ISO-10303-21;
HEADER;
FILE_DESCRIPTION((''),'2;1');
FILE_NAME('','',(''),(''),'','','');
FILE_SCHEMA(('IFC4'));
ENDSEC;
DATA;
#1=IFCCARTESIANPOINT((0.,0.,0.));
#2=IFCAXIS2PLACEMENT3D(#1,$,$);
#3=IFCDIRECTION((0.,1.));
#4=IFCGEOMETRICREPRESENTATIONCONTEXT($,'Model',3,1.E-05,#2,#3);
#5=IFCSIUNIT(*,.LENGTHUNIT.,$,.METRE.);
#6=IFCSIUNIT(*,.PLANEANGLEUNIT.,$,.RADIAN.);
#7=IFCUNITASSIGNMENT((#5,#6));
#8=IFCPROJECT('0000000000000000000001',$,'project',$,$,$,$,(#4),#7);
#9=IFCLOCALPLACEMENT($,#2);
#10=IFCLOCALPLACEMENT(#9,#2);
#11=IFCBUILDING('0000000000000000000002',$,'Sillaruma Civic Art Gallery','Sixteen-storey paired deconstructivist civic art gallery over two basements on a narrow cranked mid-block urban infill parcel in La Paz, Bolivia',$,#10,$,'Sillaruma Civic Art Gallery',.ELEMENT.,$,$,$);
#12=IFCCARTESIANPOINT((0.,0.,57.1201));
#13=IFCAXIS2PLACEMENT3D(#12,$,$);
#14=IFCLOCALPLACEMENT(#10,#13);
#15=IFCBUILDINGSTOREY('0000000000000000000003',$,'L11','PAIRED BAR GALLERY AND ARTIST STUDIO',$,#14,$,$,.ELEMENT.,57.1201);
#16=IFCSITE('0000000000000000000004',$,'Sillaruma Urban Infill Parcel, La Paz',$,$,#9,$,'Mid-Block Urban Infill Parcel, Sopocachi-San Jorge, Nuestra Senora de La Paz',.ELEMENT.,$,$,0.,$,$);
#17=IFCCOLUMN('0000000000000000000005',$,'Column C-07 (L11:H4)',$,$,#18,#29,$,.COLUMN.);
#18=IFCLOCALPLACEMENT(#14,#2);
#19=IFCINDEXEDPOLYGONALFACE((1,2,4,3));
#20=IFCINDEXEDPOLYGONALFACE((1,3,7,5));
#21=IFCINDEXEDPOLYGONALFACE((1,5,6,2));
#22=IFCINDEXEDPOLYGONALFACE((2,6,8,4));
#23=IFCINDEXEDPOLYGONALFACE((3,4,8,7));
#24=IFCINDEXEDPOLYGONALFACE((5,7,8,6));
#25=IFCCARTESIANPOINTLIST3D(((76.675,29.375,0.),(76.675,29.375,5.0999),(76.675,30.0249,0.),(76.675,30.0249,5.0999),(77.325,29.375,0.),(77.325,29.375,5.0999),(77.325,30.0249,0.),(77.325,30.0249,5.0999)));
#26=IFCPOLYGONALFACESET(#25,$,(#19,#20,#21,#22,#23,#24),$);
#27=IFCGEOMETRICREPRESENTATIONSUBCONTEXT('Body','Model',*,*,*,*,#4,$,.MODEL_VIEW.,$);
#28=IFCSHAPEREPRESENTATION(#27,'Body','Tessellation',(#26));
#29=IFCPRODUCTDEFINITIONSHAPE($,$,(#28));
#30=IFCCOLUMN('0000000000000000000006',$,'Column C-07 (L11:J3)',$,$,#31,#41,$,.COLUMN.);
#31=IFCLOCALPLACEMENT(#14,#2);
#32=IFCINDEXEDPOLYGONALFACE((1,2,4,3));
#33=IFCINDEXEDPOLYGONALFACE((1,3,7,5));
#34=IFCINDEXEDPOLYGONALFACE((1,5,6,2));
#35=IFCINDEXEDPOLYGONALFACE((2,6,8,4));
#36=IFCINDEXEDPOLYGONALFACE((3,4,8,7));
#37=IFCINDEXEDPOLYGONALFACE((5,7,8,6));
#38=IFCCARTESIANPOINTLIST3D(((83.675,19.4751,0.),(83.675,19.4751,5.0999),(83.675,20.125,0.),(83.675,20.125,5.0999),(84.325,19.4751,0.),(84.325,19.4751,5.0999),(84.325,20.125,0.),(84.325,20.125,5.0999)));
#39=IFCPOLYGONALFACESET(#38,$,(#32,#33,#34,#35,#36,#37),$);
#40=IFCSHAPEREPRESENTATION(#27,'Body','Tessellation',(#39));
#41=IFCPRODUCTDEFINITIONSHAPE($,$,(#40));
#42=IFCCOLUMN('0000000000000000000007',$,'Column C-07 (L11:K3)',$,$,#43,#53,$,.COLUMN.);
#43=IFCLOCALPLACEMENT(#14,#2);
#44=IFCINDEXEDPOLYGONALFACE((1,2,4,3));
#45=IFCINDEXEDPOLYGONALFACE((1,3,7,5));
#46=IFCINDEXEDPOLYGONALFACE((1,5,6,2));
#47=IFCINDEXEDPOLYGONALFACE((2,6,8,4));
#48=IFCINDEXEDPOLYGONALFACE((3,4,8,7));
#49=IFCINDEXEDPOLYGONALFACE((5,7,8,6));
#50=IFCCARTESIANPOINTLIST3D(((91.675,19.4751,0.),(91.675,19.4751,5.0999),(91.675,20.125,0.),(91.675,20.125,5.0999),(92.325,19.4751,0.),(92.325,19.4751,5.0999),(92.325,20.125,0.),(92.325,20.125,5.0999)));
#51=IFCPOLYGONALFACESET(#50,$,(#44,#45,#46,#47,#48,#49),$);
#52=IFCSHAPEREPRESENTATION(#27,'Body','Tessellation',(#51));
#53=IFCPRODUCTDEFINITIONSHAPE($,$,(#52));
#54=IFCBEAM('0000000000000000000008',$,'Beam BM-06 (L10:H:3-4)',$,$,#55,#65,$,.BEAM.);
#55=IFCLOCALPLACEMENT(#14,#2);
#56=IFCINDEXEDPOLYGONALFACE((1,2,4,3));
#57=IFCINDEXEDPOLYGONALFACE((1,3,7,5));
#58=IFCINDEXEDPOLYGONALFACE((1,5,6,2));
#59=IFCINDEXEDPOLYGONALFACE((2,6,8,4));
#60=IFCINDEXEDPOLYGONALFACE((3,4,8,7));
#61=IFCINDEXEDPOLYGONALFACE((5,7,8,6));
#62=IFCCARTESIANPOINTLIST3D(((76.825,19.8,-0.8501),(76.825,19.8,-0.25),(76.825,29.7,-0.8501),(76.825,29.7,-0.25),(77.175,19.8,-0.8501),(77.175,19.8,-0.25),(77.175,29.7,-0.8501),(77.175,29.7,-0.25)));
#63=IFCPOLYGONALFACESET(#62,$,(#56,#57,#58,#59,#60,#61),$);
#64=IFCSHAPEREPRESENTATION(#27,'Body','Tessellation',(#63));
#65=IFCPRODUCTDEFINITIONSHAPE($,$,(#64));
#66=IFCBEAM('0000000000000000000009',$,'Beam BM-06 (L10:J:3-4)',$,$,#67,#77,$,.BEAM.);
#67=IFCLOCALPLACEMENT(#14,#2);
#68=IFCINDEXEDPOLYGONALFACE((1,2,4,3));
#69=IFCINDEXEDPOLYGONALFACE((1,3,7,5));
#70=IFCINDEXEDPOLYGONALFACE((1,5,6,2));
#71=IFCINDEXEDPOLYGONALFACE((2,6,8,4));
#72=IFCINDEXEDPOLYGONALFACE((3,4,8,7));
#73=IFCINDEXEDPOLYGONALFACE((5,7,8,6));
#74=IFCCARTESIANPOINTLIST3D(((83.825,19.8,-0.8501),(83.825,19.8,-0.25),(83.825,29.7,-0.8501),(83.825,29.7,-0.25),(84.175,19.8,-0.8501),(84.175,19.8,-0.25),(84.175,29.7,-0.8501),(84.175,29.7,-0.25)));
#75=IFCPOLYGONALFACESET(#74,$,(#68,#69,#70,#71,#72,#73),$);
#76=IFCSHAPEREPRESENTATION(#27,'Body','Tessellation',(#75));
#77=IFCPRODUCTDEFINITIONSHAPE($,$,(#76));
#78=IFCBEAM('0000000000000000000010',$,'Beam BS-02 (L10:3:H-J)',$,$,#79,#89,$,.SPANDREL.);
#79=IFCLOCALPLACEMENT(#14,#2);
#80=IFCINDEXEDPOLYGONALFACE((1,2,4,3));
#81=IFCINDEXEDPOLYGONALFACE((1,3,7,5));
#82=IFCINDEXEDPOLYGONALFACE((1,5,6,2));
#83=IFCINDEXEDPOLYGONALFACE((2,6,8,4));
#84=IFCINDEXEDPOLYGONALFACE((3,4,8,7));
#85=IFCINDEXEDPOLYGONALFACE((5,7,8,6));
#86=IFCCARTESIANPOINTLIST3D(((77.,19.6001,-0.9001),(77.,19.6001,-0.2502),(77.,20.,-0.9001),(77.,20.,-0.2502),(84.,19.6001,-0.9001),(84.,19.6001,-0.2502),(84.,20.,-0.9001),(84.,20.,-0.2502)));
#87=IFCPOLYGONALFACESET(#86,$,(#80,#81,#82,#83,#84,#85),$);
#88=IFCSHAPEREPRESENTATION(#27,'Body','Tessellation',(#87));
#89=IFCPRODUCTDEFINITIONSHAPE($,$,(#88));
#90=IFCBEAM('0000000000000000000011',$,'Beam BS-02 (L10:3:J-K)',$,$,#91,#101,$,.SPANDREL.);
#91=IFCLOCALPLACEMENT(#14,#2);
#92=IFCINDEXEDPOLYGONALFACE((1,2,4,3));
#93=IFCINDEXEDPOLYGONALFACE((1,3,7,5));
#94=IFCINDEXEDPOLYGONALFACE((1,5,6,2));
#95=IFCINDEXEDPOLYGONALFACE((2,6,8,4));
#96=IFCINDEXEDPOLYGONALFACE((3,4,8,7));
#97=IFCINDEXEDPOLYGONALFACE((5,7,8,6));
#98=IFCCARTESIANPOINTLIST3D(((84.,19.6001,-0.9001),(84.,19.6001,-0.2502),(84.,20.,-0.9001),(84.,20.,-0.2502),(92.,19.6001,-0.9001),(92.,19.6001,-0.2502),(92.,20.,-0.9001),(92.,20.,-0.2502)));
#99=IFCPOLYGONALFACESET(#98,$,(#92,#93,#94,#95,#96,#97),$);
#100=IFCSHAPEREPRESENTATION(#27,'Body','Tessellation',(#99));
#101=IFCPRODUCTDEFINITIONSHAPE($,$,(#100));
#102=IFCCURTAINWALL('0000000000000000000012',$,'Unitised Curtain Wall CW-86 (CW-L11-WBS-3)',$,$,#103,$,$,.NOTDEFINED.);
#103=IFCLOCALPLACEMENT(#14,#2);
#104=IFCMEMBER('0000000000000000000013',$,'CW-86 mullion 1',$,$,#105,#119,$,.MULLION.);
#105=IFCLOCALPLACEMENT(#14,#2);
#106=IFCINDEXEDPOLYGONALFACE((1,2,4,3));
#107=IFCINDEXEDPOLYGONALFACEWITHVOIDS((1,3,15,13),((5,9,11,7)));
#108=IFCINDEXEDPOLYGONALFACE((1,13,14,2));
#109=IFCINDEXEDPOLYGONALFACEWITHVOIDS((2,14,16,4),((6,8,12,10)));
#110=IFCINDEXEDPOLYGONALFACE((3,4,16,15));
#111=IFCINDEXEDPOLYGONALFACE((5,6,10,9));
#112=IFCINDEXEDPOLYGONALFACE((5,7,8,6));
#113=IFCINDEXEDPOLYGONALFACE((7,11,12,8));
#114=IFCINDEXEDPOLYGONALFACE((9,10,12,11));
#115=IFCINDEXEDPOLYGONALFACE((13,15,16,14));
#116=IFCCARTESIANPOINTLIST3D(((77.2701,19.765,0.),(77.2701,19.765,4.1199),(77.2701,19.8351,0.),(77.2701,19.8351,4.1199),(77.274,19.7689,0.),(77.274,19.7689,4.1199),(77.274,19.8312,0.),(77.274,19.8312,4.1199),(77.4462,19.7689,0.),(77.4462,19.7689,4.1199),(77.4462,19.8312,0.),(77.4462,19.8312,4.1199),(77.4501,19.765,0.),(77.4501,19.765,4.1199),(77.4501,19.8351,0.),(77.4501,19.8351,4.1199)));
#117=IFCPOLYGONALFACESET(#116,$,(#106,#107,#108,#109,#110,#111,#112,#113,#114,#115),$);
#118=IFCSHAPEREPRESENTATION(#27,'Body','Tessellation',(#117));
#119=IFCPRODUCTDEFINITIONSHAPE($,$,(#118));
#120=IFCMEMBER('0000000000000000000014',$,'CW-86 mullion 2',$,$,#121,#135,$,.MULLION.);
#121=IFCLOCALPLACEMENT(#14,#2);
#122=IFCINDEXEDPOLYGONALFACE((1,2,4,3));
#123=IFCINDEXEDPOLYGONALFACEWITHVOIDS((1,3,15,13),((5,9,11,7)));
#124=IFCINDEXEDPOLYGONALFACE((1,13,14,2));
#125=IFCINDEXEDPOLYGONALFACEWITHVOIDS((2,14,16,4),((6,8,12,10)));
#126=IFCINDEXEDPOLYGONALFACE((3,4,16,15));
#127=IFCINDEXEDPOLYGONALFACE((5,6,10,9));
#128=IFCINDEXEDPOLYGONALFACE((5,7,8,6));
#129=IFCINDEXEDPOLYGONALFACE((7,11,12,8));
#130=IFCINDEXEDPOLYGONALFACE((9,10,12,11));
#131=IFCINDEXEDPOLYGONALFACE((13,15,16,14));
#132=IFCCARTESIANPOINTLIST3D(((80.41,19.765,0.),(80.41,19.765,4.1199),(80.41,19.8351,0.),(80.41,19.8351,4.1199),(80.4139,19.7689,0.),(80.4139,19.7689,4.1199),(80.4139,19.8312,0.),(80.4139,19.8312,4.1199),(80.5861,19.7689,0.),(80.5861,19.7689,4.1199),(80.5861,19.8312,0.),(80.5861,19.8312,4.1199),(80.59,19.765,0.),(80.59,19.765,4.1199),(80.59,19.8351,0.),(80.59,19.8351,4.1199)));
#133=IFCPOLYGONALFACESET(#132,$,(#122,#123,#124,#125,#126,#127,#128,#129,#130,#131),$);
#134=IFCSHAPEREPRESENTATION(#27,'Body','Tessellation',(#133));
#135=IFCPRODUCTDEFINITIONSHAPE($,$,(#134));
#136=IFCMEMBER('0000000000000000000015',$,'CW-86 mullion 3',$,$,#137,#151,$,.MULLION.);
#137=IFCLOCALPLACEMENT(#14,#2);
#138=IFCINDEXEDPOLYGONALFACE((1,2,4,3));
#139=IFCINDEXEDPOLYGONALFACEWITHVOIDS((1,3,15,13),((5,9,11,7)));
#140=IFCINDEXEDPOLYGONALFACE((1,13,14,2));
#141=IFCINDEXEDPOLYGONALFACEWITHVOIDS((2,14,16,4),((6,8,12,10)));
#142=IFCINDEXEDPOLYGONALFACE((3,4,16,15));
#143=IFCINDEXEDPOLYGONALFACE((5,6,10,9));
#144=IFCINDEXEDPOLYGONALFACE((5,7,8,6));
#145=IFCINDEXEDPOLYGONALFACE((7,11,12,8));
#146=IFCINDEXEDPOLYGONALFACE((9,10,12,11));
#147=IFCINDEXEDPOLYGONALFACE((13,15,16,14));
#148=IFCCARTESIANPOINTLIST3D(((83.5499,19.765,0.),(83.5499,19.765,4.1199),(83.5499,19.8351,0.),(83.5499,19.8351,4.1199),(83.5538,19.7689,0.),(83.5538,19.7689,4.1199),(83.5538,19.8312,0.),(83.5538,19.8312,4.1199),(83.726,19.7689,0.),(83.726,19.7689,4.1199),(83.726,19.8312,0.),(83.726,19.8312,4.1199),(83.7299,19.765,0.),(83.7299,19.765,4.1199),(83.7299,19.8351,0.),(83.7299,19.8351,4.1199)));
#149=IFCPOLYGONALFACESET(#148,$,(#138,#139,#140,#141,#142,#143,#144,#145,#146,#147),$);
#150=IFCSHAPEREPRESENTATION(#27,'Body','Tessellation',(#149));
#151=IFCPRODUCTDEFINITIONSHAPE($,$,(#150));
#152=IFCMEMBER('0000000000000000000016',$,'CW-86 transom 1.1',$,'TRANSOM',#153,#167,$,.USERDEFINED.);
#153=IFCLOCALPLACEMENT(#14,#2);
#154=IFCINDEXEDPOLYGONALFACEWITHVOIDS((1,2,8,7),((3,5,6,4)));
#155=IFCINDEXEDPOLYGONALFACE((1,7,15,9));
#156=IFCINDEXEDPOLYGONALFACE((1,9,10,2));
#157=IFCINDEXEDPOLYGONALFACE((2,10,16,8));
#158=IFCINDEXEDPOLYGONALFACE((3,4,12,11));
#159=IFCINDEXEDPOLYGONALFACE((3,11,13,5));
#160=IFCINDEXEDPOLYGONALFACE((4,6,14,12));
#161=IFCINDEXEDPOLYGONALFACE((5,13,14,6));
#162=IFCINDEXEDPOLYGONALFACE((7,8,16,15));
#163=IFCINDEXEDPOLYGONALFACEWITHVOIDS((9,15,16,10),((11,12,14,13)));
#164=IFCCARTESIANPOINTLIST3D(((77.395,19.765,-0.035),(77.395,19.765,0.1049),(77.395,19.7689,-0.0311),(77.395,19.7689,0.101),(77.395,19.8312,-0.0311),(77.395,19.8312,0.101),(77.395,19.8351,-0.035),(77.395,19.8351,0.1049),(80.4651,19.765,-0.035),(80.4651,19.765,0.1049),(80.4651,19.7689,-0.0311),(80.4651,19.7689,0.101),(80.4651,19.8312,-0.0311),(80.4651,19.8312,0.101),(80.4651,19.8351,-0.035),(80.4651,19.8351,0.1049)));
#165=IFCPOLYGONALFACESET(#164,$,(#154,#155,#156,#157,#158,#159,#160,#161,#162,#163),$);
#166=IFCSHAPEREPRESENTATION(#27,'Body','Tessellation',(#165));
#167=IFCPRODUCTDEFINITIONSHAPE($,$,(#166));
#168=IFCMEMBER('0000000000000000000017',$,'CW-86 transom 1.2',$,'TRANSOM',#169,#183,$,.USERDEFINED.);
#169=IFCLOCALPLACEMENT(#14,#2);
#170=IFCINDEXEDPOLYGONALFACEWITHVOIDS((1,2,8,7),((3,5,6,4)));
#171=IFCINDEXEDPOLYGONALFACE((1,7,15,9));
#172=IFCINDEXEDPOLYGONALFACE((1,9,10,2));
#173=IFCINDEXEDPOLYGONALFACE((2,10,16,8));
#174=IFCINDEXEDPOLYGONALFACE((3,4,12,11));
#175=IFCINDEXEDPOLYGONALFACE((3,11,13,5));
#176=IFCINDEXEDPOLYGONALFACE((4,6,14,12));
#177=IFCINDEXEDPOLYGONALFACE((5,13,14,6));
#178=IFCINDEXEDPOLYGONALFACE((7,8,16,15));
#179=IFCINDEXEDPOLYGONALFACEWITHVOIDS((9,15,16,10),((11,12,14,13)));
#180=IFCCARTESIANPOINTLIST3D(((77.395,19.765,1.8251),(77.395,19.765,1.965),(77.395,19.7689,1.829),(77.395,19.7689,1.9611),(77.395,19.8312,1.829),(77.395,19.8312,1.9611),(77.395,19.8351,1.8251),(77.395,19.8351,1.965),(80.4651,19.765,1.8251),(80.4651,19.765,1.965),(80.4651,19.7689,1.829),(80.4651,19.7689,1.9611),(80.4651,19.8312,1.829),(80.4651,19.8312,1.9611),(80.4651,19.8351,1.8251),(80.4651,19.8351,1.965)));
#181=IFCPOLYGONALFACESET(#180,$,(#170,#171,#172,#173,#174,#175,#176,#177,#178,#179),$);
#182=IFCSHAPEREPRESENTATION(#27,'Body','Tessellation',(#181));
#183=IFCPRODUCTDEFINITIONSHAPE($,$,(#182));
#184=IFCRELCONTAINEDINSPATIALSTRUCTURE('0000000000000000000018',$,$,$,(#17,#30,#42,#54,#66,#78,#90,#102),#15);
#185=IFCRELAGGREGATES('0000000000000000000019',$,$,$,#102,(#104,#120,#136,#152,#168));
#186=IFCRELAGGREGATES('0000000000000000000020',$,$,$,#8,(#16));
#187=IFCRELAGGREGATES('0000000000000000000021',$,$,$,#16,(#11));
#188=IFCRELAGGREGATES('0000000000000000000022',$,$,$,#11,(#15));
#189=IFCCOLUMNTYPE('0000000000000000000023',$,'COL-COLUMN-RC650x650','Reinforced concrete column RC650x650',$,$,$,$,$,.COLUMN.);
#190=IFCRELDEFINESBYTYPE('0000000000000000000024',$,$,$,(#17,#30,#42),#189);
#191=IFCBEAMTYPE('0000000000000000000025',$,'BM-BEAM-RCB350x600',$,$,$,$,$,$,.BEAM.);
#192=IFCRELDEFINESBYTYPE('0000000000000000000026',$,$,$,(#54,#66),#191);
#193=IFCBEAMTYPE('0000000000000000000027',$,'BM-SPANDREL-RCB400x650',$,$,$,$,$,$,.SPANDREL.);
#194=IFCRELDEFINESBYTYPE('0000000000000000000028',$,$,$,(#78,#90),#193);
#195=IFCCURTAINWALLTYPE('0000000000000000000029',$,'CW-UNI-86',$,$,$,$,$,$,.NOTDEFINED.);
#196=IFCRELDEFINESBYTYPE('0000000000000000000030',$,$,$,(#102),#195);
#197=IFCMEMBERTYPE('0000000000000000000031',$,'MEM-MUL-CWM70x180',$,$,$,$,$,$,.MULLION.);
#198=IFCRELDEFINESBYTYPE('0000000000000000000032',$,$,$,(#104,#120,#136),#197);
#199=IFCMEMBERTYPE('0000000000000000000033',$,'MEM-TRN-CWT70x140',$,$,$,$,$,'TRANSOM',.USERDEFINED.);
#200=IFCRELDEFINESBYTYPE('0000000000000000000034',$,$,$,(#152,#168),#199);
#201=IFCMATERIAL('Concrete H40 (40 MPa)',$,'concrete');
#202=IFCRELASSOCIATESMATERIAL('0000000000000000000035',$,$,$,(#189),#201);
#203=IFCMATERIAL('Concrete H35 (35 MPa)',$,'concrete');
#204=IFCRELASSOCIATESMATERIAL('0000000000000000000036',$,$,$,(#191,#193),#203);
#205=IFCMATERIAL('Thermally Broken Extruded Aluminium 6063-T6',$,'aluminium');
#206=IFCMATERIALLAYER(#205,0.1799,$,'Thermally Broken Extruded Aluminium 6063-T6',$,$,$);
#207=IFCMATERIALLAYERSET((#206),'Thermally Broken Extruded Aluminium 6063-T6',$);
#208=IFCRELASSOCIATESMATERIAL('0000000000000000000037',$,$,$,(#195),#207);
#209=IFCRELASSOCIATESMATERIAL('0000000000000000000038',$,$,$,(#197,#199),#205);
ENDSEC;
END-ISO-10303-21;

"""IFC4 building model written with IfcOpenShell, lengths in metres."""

from ifc_helpers import new_model, si_unit, direction, frame, origin, origin_2d, place, context, subcontext, project, spatial, rectangle, hollow_rectangle, extrude, material, layer, layer_set, material_profile, profile_set, type_object, element, aggregate, save


model = new_model("IFC4")

# Units and contexts
model_context = context("Model", 3, precision=1e-05, world=origin(), true_north=direction((0.0, 1.0)))
body_context = subcontext(model_context, "Body", "Model", "MODEL_VIEW")
ifc_project = project(units=[si_unit("LENGTHUNIT", "METRE"), si_unit("PLANEANGLEUNIT", "RADIAN")], contexts=[model_context])

# Site, building, storey
site_placement = place(None, origin())
site = spatial("IfcSite", under=ifc_project, at=site_placement, Name="Sillaruma Urban Infill Parcel, La Paz", LongName="Mid-Block Urban Infill Parcel, Sopocachi-San Jorge, Nuestra Senora de La Paz", CompositionType="ELEMENT", RefElevation=0.0)
building_placement = place(site_placement, origin())
building = spatial("IfcBuilding", under=site, at=building_placement, Name="Sillaruma Civic Art Gallery", Description="Sixteen-storey paired deconstructivist civic art gallery over two basements on a narrow cranked mid-block urban infill parcel in La Paz, Bolivia", LongName="Sillaruma Civic Art Gallery", CompositionType="ELEMENT")
storey_placement = place(building_placement, frame((0.0, 0.0, 57.1201)))
storey = spatial("IfcBuildingStorey", under=building, at=storey_placement, Name="L11", Description="PAIRED BAR GALLERY AND ARTIST STUDIO", CompositionType="ELEMENT", Elevation=57.1201)

# Columns
ifc_material_1 = material(Name="Concrete H40 (40 MPa)", Category="concrete")
ifc_material_profile_1 = material_profile(ifc_material_1, rectangle(XDim=0.6499, YDim=0.6499, at=origin_2d()), Name="RC650x650")
ifc_profile_set_1 = profile_set([ifc_material_profile_1], Name="Concrete H40 (40 MPa)")
column_type = type_object("IfcColumnType", Name="COL-COLUMN-RC650x650", Description="Reinforced concrete column RC650x650", PredefinedType="COLUMN", material=ifc_profile_set_1)
for number, where, z_axis, x_axis, name in (
    (1, (77.0, 29.7, 0.0), (0.0, 0.0, 1.0), (1.0, 0.0, 0.0), "Column C-07 (L11:H4)"),
    (2, (84.0, 19.8, 0.0), (0.0, 0.0, 1.0), (1.0, 0.0, 0.0), "Column C-07 (L11:J3)"),
    (3, (92.0, 19.8, 0.0), (0.0, 0.0, 1.0), (1.0, 0.0, 0.0), "Column C-07 (L11:K3)"),
):
    element("IfcColumn", number, at=place(storey_placement, frame(where, z_axis=z_axis, x_axis=x_axis)), inside=storey, type_object=column_type, Name=name, PredefinedType="COLUMN", context=body_context, shape_type="SweptSolid", body=[
        extrude(rectangle(XDim=0.6499, YDim=0.6499, at=origin_2d()), origin(), (0.0, 0.0, 1.0), 5.0999),
    ])

# Beams
ifc_material_2 = material(Name="Concrete H35 (35 MPa)", Category="concrete")
ifc_material_profile_2 = material_profile(ifc_material_2, rectangle(XDim=0.3501, YDim=0.6001, at=origin_2d()), Name="RCB350x600")
ifc_profile_set_2 = profile_set([ifc_material_profile_2], Name="Concrete H35 (35 MPa)")
beam_type_1 = type_object("IfcBeamType", Name="BM-BEAM-RCB350x600", PredefinedType="BEAM", material=ifc_profile_set_2)
for number, where, z_axis, x_axis, name in (
    (4, (77.0, 19.8, -0.55), (0.0, 1.0, 0.0), (-1.0, 0.0, 0.0), "Beam BM-06 (L10:H:3-4)"),
    (5, (84.0, 19.8, -0.55), (0.0, 1.0, 0.0), (-1.0, 0.0, 0.0), "Beam BM-06 (L10:J:3-4)"),
):
    element("IfcBeam", number, at=place(storey_placement, frame(where, z_axis=z_axis, x_axis=x_axis)), inside=storey, type_object=beam_type_1, Name=name, PredefinedType="BEAM", context=body_context, shape_type="SweptSolid", body=[
        extrude(rectangle(XDim=0.3501, YDim=0.6001, at=origin_2d()), origin(), (0.0, 0.0, 1.0), 9.8999),
    ])
ifc_material_profile_3 = material_profile(ifc_material_2, rectangle(XDim=0.3999, YDim=0.6499, at=origin_2d()), Name="RCB400x650")
ifc_profile_set_3 = profile_set([ifc_material_profile_3], Name="Concrete H35 (35 MPa)")
beam_type_2 = type_object("IfcBeamType", Name="BM-SPANDREL-RCB400x650", PredefinedType="SPANDREL", material=ifc_profile_set_3)
beam_1_placement = place(storey_placement, frame((77.0, 19.8, -0.5752), z_axis=(1.0, 0.0, 0.0), x_axis=(0.0, 1.0, 0.0)))
element("IfcBeam", 6, at=beam_1_placement, inside=storey, type_object=beam_type_2, Name="Beam BS-02 (L10:3:H-J)", PredefinedType="SPANDREL", context=body_context, shape_type="SweptSolid", body=[
    extrude(rectangle(XDim=0.3999, YDim=0.6499, at=origin_2d()), origin(), (0.0, 0.0, 1.0), 7.0),
])
beam_2_placement = place(storey_placement, frame((84.0, 19.8, -0.5752), z_axis=(1.0, 0.0, 0.0), x_axis=(0.0, 1.0, 0.0)))
element("IfcBeam", 7, at=beam_2_placement, inside=storey, type_object=beam_type_2, Name="Beam BS-02 (L10:3:J-K)", PredefinedType="SPANDREL", context=body_context, shape_type="SweptSolid", body=[
    extrude(rectangle(XDim=0.3999, YDim=0.6499, at=origin_2d()), origin(), (0.0, 0.0, 1.0), 8.0),
])

# Curtain wall, members
ifc_material_3 = material(Name="Thermally Broken Extruded Aluminium 6063-T6", Category="aluminium")
ifc_layer_1 = layer(ifc_material_3, 0.1799, Name="Thermally Broken Extruded Aluminium 6063-T6")
ifc_layer_set_1 = layer_set([ifc_layer_1], Name="Thermally Broken Extruded Aluminium 6063-T6")
curtain_wall_type = type_object("IfcCurtainWallType", Name="CW-UNI-86", PredefinedType="NOTDEFINED", material=ifc_layer_set_1)
curtain_wall_placement = place(storey_placement, origin())
curtain_wall = element("IfcCurtainWall", 8, at=curtain_wall_placement, inside=storey, type_object=curtain_wall_type, Name="Unitised Curtain Wall CW-86 (CW-L11-WBS-3)", PredefinedType="NOTDEFINED")
ifc_material_profile_4 = material_profile(ifc_material_3, hollow_rectangle(XDim=0.0701, YDim=0.1799, WallThickness=0.0039, at=origin_2d()), Name="CWM70x180")
ifc_profile_set_4 = profile_set([ifc_material_profile_4], Name="Thermally Broken Extruded Aluminium 6063-T6")
member_type_1 = type_object("IfcMemberType", Name="MEM-MUL-CWM70x180", PredefinedType="MULLION", material=ifc_profile_set_4)
member_1_placement = place(storey_placement, frame((77.3601, 19.8, 0.0), z_axis=(0.0, 0.0, 1.0), x_axis=(0.0, 1.0, 0.0)))
member_1 = element("IfcMember", 9, at=member_1_placement, type_object=member_type_1, Name="CW-86 mullion 1", PredefinedType="MULLION", context=body_context, shape_type="SweptSolid", body=[
    extrude(hollow_rectangle(XDim=0.0701, YDim=0.1799, WallThickness=0.0039, at=origin_2d()), origin(), (0.0, 0.0, 1.0), 4.1199),
])
member_2_placement = place(storey_placement, frame((80.5, 19.8, 0.0), z_axis=(0.0, 0.0, 1.0), x_axis=(0.0, 1.0, 0.0)))
member_2 = element("IfcMember", 10, at=member_2_placement, type_object=member_type_1, Name="CW-86 mullion 2", PredefinedType="MULLION", context=body_context, shape_type="SweptSolid", body=[
    extrude(hollow_rectangle(XDim=0.0701, YDim=0.1799, WallThickness=0.0039, at=origin_2d()), origin(), (0.0, 0.0, 1.0), 4.1199),
])
member_3_placement = place(storey_placement, frame((83.6399, 19.8, 0.0), z_axis=(0.0, 0.0, 1.0), x_axis=(0.0, 1.0, 0.0)))
member_3 = element("IfcMember", 11, at=member_3_placement, type_object=member_type_1, Name="CW-86 mullion 3", PredefinedType="MULLION", context=body_context, shape_type="SweptSolid", body=[
    extrude(hollow_rectangle(XDim=0.0701, YDim=0.1799, WallThickness=0.0039, at=origin_2d()), origin(), (0.0, 0.0, 1.0), 4.1199),
])
ifc_material_profile_5 = material_profile(ifc_material_3, hollow_rectangle(XDim=0.0701, YDim=0.1399, WallThickness=0.0039, at=origin_2d()), Name="CWT70x140")
ifc_profile_set_5 = profile_set([ifc_material_profile_5], Name="Thermally Broken Extruded Aluminium 6063-T6")
member_type_2 = type_object("IfcMemberType", Name="MEM-TRN-CWT70x140", ElementType="TRANSOM", PredefinedType="USERDEFINED", material=ifc_profile_set_5)
member_4_placement = place(storey_placement, frame((77.395, 19.8, 0.0349), z_axis=(1.0, 0.0, 0.0), x_axis=(0.0, 1.0, 0.0)))
member_4 = element("IfcMember", 12, at=member_4_placement, type_object=member_type_2, Name="CW-86 transom 1.1", ObjectType="TRANSOM", PredefinedType="USERDEFINED", context=body_context, shape_type="SweptSolid", body=[
    extrude(hollow_rectangle(XDim=0.0701, YDim=0.1399, WallThickness=0.0039, at=origin_2d()), origin(), (0.0, 0.0, 1.0), 3.0701),
])
member_5_placement = place(storey_placement, frame((77.395, 19.8, 1.895), z_axis=(1.0, 0.0, 0.0), x_axis=(0.0, 1.0, 0.0)))
member_5 = element("IfcMember", 13, at=member_5_placement, type_object=member_type_2, Name="CW-86 transom 1.2", ObjectType="TRANSOM", PredefinedType="USERDEFINED", context=body_context, shape_type="SweptSolid", body=[
    extrude(hollow_rectangle(XDim=0.0701, YDim=0.1399, WallThickness=0.0039, at=origin_2d()), origin(), (0.0, 0.0, 1.0), 3.0701),
])
aggregate(curtain_wall, [member_1, member_2, member_3, member_4, member_5])

save(model, "model.ifc")
